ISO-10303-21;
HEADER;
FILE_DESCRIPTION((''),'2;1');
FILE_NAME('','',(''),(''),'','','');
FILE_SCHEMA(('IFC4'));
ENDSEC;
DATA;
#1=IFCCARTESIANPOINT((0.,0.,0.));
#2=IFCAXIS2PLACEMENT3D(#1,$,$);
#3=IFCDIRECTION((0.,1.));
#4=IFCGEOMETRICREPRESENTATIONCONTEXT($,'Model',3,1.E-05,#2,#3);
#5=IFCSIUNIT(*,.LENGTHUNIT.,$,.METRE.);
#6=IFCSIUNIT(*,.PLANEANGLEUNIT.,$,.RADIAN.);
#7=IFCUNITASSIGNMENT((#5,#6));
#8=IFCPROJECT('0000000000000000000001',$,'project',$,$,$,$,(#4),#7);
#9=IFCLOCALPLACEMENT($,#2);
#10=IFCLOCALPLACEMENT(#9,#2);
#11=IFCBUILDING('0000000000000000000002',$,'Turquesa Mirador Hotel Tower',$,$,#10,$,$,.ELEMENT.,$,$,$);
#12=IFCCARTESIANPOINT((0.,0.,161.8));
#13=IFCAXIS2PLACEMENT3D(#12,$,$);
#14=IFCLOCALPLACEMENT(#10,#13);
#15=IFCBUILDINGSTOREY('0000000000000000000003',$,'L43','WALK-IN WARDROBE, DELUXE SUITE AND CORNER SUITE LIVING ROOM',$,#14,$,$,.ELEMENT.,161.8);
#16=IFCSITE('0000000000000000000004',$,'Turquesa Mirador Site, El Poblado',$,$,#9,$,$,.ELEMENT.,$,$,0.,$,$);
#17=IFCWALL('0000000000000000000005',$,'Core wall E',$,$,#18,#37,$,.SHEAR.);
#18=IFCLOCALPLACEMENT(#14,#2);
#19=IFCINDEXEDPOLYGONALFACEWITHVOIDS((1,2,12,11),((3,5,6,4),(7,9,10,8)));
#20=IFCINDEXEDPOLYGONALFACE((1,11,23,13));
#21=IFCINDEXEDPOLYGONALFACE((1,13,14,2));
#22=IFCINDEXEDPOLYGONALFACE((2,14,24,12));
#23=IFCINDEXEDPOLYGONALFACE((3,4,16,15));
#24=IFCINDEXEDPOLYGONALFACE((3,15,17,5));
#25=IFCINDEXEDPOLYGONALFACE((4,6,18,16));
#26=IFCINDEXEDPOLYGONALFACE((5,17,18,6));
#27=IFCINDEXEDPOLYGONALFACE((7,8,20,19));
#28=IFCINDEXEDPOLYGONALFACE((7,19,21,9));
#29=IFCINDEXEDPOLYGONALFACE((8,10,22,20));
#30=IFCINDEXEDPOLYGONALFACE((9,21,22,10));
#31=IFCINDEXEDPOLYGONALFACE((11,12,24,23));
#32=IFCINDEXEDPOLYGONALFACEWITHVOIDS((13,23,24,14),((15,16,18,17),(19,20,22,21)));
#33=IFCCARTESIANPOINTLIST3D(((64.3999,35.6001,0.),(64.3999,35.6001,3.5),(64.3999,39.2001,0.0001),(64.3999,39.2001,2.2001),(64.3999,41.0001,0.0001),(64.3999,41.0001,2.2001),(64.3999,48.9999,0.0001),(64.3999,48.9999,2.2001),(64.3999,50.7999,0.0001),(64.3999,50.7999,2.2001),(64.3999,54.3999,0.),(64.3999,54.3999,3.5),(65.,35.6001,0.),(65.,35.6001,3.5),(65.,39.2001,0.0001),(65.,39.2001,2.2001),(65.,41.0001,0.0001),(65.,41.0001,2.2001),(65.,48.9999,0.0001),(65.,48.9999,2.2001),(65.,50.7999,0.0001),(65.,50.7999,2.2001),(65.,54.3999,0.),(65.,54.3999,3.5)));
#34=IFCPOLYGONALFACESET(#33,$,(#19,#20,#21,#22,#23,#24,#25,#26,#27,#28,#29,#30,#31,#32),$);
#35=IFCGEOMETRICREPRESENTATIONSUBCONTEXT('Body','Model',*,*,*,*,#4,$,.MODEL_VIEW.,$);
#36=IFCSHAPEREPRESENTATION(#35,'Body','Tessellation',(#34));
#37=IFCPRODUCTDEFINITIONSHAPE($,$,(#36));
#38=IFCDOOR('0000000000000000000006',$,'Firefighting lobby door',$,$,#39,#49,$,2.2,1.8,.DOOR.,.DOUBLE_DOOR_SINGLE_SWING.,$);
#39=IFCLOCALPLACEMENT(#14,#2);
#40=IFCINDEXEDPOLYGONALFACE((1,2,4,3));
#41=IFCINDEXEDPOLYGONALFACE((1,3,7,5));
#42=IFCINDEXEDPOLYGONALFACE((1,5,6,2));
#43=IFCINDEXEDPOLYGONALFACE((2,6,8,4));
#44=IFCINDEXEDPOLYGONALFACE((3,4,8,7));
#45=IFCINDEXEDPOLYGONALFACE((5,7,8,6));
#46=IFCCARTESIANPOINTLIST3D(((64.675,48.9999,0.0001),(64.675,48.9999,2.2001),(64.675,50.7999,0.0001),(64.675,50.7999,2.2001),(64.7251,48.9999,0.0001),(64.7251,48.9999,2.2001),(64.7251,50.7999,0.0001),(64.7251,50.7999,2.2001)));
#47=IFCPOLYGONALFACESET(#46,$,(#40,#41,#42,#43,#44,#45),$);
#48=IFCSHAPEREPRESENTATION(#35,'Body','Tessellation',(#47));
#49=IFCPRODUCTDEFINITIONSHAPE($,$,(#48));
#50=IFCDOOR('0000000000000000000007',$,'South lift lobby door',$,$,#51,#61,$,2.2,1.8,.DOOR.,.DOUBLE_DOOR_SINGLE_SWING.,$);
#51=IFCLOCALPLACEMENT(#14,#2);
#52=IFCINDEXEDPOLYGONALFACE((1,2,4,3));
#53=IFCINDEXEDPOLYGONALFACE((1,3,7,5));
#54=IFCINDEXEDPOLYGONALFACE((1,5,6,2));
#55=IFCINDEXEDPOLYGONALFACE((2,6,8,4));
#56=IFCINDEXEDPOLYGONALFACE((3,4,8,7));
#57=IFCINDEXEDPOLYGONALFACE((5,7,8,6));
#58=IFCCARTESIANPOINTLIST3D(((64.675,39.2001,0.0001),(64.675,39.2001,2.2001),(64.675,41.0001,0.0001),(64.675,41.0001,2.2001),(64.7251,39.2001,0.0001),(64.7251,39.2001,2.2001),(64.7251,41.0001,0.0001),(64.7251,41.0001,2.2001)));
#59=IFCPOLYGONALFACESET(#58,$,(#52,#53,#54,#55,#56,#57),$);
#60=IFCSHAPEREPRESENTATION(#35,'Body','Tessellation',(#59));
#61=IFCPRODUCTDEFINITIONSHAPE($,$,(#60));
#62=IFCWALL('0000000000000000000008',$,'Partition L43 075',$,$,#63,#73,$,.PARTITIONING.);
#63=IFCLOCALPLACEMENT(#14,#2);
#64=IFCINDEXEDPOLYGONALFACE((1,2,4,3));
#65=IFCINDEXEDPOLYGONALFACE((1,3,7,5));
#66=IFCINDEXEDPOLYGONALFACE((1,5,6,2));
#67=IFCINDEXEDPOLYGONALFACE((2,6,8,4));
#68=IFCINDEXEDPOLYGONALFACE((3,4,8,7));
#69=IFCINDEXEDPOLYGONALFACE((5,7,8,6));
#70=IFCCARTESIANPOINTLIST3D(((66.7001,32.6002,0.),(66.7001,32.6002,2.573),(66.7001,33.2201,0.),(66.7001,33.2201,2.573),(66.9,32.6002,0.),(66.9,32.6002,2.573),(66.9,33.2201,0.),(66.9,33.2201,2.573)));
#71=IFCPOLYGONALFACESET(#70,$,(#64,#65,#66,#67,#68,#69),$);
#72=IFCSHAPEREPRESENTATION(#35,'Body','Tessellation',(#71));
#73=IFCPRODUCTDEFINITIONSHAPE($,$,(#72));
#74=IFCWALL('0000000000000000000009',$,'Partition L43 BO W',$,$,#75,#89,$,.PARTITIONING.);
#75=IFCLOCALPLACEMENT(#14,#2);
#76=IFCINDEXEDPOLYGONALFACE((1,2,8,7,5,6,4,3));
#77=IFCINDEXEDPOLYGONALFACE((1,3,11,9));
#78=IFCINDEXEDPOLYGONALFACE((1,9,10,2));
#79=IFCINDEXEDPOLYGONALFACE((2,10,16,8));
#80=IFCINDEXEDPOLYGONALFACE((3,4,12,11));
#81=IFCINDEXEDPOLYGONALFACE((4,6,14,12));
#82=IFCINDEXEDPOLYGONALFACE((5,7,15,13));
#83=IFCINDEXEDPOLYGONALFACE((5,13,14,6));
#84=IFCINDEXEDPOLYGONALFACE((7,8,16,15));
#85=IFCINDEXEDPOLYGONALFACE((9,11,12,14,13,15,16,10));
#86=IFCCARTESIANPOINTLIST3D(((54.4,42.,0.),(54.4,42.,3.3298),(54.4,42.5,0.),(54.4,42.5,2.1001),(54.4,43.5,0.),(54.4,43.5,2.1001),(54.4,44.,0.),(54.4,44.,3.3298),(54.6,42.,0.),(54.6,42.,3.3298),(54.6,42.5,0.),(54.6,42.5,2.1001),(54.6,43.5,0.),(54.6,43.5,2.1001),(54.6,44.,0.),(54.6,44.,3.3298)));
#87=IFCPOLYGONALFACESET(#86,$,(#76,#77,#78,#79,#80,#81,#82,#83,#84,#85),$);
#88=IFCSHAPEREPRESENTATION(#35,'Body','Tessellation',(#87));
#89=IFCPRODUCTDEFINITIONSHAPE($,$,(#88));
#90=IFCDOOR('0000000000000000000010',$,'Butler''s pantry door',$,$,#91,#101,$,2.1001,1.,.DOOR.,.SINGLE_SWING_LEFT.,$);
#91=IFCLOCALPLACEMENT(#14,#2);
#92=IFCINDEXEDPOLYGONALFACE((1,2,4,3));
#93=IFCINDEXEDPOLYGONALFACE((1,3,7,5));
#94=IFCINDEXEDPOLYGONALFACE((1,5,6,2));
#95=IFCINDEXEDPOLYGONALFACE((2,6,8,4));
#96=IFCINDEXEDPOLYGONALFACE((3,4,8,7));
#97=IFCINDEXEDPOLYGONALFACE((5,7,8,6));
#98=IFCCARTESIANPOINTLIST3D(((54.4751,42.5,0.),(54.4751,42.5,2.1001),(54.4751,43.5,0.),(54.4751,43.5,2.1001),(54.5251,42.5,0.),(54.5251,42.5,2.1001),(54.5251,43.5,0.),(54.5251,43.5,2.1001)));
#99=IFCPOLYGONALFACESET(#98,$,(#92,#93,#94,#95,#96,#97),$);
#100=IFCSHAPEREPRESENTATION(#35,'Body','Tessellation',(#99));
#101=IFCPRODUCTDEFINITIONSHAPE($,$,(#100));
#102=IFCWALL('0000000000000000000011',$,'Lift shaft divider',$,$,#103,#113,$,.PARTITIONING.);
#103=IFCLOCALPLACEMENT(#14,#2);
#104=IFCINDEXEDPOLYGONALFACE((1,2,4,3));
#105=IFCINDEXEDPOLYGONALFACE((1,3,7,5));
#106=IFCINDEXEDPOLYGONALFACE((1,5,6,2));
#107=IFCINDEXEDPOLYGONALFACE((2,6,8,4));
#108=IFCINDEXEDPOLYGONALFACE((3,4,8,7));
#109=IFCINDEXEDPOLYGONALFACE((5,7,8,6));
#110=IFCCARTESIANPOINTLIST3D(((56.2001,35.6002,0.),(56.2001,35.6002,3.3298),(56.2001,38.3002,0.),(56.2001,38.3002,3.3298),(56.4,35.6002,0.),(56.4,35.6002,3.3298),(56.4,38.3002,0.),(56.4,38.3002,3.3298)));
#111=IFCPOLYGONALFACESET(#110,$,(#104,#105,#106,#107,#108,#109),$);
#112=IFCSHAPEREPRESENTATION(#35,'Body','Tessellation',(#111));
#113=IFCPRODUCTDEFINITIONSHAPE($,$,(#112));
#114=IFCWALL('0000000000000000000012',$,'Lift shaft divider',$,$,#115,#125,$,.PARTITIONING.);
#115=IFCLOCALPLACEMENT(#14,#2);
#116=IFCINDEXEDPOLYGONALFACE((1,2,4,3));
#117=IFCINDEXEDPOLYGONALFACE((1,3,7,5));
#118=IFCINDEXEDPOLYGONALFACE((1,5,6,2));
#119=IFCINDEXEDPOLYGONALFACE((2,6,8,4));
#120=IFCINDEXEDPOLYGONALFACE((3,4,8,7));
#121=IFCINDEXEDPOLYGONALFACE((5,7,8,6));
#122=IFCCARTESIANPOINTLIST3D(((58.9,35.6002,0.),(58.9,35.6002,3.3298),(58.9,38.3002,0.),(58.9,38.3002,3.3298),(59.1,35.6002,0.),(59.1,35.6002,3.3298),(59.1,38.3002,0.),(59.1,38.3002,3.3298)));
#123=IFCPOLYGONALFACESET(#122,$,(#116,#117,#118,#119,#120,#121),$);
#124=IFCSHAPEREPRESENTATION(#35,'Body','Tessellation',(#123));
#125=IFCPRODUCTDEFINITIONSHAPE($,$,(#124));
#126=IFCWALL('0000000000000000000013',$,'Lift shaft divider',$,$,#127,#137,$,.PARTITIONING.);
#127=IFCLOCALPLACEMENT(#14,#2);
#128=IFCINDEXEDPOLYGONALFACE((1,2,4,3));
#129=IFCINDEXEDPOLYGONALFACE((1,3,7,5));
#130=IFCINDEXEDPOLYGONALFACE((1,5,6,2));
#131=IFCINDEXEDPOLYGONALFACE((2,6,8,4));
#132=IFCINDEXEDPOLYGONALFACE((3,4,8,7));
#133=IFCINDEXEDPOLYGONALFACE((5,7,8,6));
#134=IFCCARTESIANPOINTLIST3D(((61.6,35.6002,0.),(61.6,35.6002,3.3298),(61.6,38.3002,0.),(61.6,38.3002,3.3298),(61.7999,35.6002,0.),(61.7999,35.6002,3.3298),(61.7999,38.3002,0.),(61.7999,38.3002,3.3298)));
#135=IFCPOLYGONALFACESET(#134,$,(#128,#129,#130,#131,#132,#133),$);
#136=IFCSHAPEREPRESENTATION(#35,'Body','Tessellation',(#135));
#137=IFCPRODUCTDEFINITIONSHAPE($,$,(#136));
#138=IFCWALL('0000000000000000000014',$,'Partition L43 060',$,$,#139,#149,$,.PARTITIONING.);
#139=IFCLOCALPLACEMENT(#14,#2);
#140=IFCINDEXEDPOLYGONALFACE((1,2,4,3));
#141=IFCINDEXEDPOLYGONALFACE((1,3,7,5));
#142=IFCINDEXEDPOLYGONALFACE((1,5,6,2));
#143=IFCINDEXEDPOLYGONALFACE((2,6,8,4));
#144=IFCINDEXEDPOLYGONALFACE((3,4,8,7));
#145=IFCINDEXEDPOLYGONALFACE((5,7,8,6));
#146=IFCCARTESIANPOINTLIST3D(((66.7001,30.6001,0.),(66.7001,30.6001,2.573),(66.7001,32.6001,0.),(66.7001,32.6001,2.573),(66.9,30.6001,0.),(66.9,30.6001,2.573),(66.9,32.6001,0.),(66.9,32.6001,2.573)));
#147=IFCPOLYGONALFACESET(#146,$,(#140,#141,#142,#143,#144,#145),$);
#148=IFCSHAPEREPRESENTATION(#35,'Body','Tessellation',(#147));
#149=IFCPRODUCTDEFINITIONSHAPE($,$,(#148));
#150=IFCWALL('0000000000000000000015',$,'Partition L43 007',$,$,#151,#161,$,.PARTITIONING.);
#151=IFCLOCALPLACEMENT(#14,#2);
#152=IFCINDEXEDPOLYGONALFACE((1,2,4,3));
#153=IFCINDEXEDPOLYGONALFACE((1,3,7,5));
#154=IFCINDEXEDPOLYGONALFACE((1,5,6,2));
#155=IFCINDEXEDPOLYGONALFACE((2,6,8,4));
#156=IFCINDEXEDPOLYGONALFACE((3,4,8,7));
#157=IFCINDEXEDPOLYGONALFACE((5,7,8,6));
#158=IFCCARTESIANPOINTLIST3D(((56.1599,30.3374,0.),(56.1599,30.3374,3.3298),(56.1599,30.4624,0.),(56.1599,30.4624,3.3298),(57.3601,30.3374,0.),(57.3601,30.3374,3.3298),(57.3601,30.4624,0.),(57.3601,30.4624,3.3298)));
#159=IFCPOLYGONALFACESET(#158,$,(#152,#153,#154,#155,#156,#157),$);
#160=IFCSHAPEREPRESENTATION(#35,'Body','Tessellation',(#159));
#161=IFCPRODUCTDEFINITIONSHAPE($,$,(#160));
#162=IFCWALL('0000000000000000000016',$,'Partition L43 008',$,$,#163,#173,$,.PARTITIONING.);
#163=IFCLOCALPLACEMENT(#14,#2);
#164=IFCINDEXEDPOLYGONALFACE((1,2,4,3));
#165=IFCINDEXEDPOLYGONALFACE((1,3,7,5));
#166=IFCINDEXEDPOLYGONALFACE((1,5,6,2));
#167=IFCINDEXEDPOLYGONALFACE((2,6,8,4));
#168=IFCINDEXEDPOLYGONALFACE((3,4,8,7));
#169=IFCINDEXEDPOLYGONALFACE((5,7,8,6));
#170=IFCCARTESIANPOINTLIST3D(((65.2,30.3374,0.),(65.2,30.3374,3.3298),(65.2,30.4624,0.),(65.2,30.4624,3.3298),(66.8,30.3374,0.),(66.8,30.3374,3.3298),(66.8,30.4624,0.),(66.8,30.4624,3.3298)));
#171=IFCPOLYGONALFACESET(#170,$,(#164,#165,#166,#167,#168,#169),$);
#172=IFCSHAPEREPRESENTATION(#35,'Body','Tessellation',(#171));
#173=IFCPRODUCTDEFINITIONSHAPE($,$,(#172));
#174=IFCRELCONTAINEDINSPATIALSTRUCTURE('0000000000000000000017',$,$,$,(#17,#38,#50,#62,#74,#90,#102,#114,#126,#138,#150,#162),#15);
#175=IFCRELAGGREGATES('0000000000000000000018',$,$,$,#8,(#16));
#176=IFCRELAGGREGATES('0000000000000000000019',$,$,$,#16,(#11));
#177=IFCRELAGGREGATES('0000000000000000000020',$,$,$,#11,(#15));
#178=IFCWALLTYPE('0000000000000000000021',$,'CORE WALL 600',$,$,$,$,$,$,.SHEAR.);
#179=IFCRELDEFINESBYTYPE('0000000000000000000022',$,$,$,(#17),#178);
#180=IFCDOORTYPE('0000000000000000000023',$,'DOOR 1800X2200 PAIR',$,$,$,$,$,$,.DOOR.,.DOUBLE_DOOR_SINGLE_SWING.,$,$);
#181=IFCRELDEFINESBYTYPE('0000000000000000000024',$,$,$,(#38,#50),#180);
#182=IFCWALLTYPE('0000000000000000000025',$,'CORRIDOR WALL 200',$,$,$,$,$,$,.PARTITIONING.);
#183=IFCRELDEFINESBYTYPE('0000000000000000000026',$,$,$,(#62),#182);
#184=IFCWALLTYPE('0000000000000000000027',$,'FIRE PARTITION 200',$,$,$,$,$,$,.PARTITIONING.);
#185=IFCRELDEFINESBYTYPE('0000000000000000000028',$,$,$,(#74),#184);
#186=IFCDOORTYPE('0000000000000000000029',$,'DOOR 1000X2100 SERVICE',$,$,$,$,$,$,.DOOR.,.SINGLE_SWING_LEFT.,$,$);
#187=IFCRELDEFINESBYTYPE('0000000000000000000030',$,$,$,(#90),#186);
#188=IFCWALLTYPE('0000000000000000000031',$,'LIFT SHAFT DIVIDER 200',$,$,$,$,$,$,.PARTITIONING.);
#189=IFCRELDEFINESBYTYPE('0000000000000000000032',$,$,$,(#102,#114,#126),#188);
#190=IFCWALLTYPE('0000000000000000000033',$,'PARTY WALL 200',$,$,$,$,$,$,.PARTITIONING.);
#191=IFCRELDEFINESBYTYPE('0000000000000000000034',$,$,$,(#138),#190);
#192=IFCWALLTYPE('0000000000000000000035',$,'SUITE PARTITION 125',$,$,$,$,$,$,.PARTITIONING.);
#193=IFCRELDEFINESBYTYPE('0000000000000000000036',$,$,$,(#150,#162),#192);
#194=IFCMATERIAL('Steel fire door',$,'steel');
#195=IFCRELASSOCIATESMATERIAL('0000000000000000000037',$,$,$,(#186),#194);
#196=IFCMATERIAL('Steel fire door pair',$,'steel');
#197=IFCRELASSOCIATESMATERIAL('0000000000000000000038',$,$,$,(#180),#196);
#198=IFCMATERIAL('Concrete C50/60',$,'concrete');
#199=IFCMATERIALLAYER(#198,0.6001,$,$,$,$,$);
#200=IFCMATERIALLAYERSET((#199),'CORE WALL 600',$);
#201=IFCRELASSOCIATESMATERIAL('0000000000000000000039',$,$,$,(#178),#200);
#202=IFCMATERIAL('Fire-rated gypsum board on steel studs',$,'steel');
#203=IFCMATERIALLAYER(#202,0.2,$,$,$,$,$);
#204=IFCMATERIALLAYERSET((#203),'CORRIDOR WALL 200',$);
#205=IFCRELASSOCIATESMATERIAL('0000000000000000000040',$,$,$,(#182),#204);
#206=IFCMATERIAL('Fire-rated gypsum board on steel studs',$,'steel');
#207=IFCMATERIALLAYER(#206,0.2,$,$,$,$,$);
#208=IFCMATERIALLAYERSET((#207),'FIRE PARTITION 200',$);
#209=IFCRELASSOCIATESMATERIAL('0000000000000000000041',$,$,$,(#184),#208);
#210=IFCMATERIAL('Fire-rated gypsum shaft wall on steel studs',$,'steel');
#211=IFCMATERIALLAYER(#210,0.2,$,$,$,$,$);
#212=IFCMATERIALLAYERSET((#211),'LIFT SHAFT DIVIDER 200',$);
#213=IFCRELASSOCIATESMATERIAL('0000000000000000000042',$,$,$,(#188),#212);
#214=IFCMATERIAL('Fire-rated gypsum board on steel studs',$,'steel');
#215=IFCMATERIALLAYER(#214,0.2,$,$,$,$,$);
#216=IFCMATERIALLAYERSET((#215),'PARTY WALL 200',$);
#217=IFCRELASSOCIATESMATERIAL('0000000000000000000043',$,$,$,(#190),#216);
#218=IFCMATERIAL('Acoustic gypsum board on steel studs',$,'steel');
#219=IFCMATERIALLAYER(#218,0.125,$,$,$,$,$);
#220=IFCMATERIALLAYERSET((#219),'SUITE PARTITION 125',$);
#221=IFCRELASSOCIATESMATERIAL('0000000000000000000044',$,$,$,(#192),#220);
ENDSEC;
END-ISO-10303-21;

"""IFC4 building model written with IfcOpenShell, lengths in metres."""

from ifc_helpers import new_model, si_unit, direction, frame, frame_2d, origin, place, context, subcontext, project, spatial, rectangle, extrude, material, layer, layer_set, type_object, element, fill, save


model = new_model("IFC4")

# Units and contexts
model_context = context("Model", 3, precision=1e-05, world=origin(), true_north=direction((0.0, 1.0)))
body_context = subcontext(model_context, "Body", "Model", "MODEL_VIEW")
ifc_project = project(units=[si_unit("LENGTHUNIT", "METRE"), si_unit("PLANEANGLEUNIT", "RADIAN")], contexts=[model_context])

# Site, building, storey
site_placement = place(None, origin())
site = spatial("IfcSite", under=ifc_project, at=site_placement, Name="Turquesa Mirador Site, El Poblado", CompositionType="ELEMENT", RefElevation=0.0)
building_placement = place(site_placement, origin())
building = spatial("IfcBuilding", under=site, at=building_placement, Name="Turquesa Mirador Hotel Tower", CompositionType="ELEMENT")
storey_placement = place(building_placement, frame((0.0, 0.0, 161.8)))
storey = spatial("IfcBuildingStorey", under=building, at=storey_placement, Name="L43", Description="WALK-IN WARDROBE, DELUXE SUITE AND CORNER SUITE LIVING ROOM", CompositionType="ELEMENT", Elevation=161.8)

# Shared definitions
ifc_material_1 = material(Name="Steel fire door", Category="steel")
door_type_1 = type_object("IfcDoorType", Name="DOOR 1000X2100 SERVICE", OperationType="SINGLE_SWING_LEFT", PredefinedType="DOOR", material=ifc_material_1)
ifc_material_2 = material(Name="Steel fire door pair", Category="steel")
door_type_2 = type_object("IfcDoorType", Name="DOOR 1800X2200 PAIR", OperationType="DOUBLE_DOOR_SINGLE_SWING", PredefinedType="DOOR", material=ifc_material_2)

# Wall, openings, doors
ifc_material_3 = material(Name="Concrete C50/60", Category="concrete")
ifc_layer_1 = layer(ifc_material_3, 0.6001)
ifc_layer_set_1 = layer_set([ifc_layer_1], Name="CORE WALL 600")
wall_type_1 = type_object("IfcWallType", Name="CORE WALL 600", PredefinedType="SHEAR", material=ifc_layer_set_1)
wall_1_placement = place(storey_placement, frame((64.7, 35.6001, 0.0), z_axis=(0.0, 0.0, 1.0), x_axis=(0.0, 1.0, 0.0)))
wall_1 = element("IfcWall", 1, at=wall_1_placement, inside=storey, type_object=wall_type_1, Name="Core wall E", PredefinedType="SHEAR", context=body_context, shape_type="SweptSolid", body=[
    extrude(rectangle(XDim=18.7998, YDim=0.6001, at=frame_2d((9.3999, 0.0))), origin(), (0.0, 0.0, 1.0), 3.5),
])
opening_1_placement = place(wall_1_placement, frame((13.3999, 0.0, 0.0)))
opening_1 = element("IfcOpeningElement", 2, at=opening_1_placement, cuts=wall_1, PredefinedType="OPENING", context=body_context, shape_type="SweptSolid", body=[
    extrude(rectangle(XDim=1.8, YDim=2.2, at=frame_2d((0.8999, 1.1001))), frame((0.0, 0.3101, 0.0), z_axis=(0.0, -1.0, 0.0), x_axis=(1.0, 0.0, 0.0)), (0.0, 0.0, 1.0), 0.6201),
])
opening_2_placement = place(wall_1_placement, frame((3.6001, 0.0, 0.0)))
opening_2 = element("IfcOpeningElement", 3, at=opening_2_placement, cuts=wall_1, PredefinedType="OPENING", context=body_context, shape_type="SweptSolid", body=[
    extrude(rectangle(XDim=1.8, YDim=2.2, at=frame_2d((0.8999, 1.1001))), frame((0.0, 0.3101, 0.0), z_axis=(0.0, -1.0, 0.0), x_axis=(1.0, 0.0, 0.0)), (0.0, 0.0, 1.0), 0.6201),
])
door_1_placement = place(opening_1_placement, origin())
door_1 = element("IfcDoor", 4, at=door_1_placement, inside=storey, type_object=door_type_2, Name="Firefighting lobby door", OperationType="DOUBLE_DOOR_SINGLE_SWING", OverallHeight=2.2, OverallWidth=1.8, PredefinedType="DOOR", context=body_context, shape_type="SweptSolid", body=[
    extrude(rectangle(XDim=1.8, YDim=2.2, at=frame_2d((0.8999, 1.1001))), frame((0.0, 0.0249, 0.0), z_axis=(0.0, -1.0, 0.0), x_axis=(1.0, 0.0, 0.0)), (0.0, 0.0, 1.0), 0.05),
])
fill(opening_1, door_1)
door_2_placement = place(opening_2_placement, origin())
door_2 = element("IfcDoor", 5, at=door_2_placement, inside=storey, type_object=door_type_2, Name="South lift lobby door", OperationType="DOUBLE_DOOR_SINGLE_SWING", OverallHeight=2.2, OverallWidth=1.8, PredefinedType="DOOR", context=body_context, shape_type="SweptSolid", body=[
    extrude(rectangle(XDim=1.8, YDim=2.2, at=frame_2d((0.8999, 1.1001))), frame((0.0, 0.0249, 0.0), z_axis=(0.0, -1.0, 0.0), x_axis=(1.0, 0.0, 0.0)), (0.0, 0.0, 1.0), 0.05),
])
fill(opening_2, door_2)

# Wall
ifc_material_4 = material(Name="Fire-rated gypsum board on steel studs", Category="steel")
ifc_layer_2 = layer(ifc_material_4, 0.2)
ifc_layer_set_2 = layer_set([ifc_layer_2], Name="CORRIDOR WALL 200")
wall_type_2 = type_object("IfcWallType", Name="CORRIDOR WALL 200", PredefinedType="PARTITIONING", material=ifc_layer_set_2)
wall_2_placement = place(storey_placement, frame((66.8, 32.6001, 0.0), z_axis=(0.0, 0.0, 1.0), x_axis=(0.0, 1.0, 0.0)))
element("IfcWall", 6, at=wall_2_placement, inside=storey, type_object=wall_type_2, Name="Partition L43 075", PredefinedType="PARTITIONING", context=body_context, shape_type="SweptSolid", body=[
    extrude(rectangle(XDim=0.6199, YDim=0.2, at=frame_2d((0.3101, 0.0))), origin(), (0.0, 0.0, 1.0), 2.573),
])

# Wall, opening, door
ifc_material_5 = material(Name="Fire-rated gypsum board on steel studs", Category="steel")
ifc_layer_3 = layer(ifc_material_5, 0.2)
ifc_layer_set_3 = layer_set([ifc_layer_3], Name="FIRE PARTITION 200")
wall_type_3 = type_object("IfcWallType", Name="FIRE PARTITION 200", PredefinedType="PARTITIONING", material=ifc_layer_set_3)
wall_3_placement = place(storey_placement, frame((54.5, 42.0, 0.0), z_axis=(0.0, 0.0, 1.0), x_axis=(0.0, 1.0, 0.0)))
wall_3 = element("IfcWall", 7, at=wall_3_placement, inside=storey, type_object=wall_type_3, Name="Partition L43 BO W", PredefinedType="PARTITIONING", context=body_context, shape_type="SweptSolid", body=[
    extrude(rectangle(XDim=2.0, YDim=0.2, at=frame_2d((1.0, 0.0))), origin(), (0.0, 0.0, 1.0), 3.3298),
])
opening_3_placement = place(wall_3_placement, frame((0.5, 0.0, 0.0)))
opening_3 = element("IfcOpeningElement", 8, at=opening_3_placement, cuts=wall_3, PredefinedType="OPENING", context=body_context, shape_type="SweptSolid", body=[
    extrude(rectangle(XDim=1.0, YDim=2.1001, at=frame_2d((0.5, 1.05))), frame((0.0, 0.1099, 0.0), z_axis=(0.0, -1.0, 0.0), x_axis=(1.0, 0.0, 0.0)), (0.0, 0.0, 1.0), 0.22),
])
door_3_placement = place(opening_3_placement, origin())
door_3 = element("IfcDoor", 9, at=door_3_placement, inside=storey, type_object=door_type_1, Name="Butler's pantry door", OperationType="SINGLE_SWING_LEFT", OverallHeight=2.1001, OverallWidth=1.0, PredefinedType="DOOR", context=body_context, shape_type="SweptSolid", body=[
    extrude(rectangle(XDim=1.0, YDim=2.1001, at=frame_2d((0.5, 1.05))), frame((0.0, 0.0249, 0.0), z_axis=(0.0, -1.0, 0.0), x_axis=(1.0, 0.0, 0.0)), (0.0, 0.0, 1.0), 0.05),
])
fill(opening_3, door_3)

# Walls
ifc_material_6 = material(Name="Fire-rated gypsum shaft wall on steel studs", Category="steel")
ifc_layer_4 = layer(ifc_material_6, 0.2)
ifc_layer_set_4 = layer_set([ifc_layer_4], Name="LIFT SHAFT DIVIDER 200")
wall_type_4 = type_object("IfcWallType", Name="LIFT SHAFT DIVIDER 200", PredefinedType="PARTITIONING", material=ifc_layer_set_4)
for number, where, z_axis, x_axis, name in (
    (10, (56.3, 35.6001, 0.0), (0.0, 0.0, 1.0), (0.0, 1.0, 0.0), "Lift shaft divider"),
    (11, (59.0, 35.6001, 0.0), (0.0, 0.0, 1.0), (0.0, 1.0, 0.0), "Lift shaft divider"),
    (12, (61.7, 35.6001, 0.0), (0.0, 0.0, 1.0), (0.0, 1.0, 0.0), "Lift shaft divider"),
):
    element("IfcWall", number, at=place(storey_placement, frame(where, z_axis=z_axis, x_axis=x_axis)), inside=storey, type_object=wall_type_4, Name=name, PredefinedType="PARTITIONING", context=body_context, shape_type="SweptSolid", body=[
        extrude(rectangle(XDim=2.7, YDim=0.2, at=frame_2d((1.3501, 0.0))), origin(), (0.0, 0.0, 1.0), 3.3298),
    ])
ifc_material_7 = material(Name="Fire-rated gypsum board on steel studs", Category="steel")
ifc_layer_5 = layer(ifc_material_7, 0.2)
ifc_layer_set_5 = layer_set([ifc_layer_5], Name="PARTY WALL 200")
wall_type_5 = type_object("IfcWallType", Name="PARTY WALL 200", PredefinedType="PARTITIONING", material=ifc_layer_set_5)
wall_4_placement = place(storey_placement, frame((66.8, 30.6001, 0.0), z_axis=(0.0, 0.0, 1.0), x_axis=(0.0, 1.0, 0.0)))
element("IfcWall", 13, at=wall_4_placement, inside=storey, type_object=wall_type_5, Name="Partition L43 060", PredefinedType="PARTITIONING", context=body_context, shape_type="SweptSolid", body=[
    extrude(rectangle(XDim=2.0, YDim=0.2, at=frame_2d((1.0, 0.0))), origin(), (0.0, 0.0, 1.0), 2.573),
])
ifc_material_8 = material(Name="Acoustic gypsum board on steel studs", Category="steel")
ifc_layer_6 = layer(ifc_material_8, 0.125)
ifc_layer_set_6 = layer_set([ifc_layer_6], Name="SUITE PARTITION 125")
wall_type_6 = type_object("IfcWallType", Name="SUITE PARTITION 125", PredefinedType="PARTITIONING", material=ifc_layer_set_6)
wall_5_placement = place(storey_placement, frame((56.1599, 30.3999, 0.0), z_axis=(0.0, 0.0, 1.0), x_axis=(1.0, 0.0, 0.0)))
element("IfcWall", 14, at=wall_5_placement, inside=storey, type_object=wall_type_6, Name="Partition L43 007", PredefinedType="PARTITIONING", context=body_context, shape_type="SweptSolid", body=[
    extrude(rectangle(XDim=1.2002, YDim=0.125, at=frame_2d((0.6001, 0.0))), origin(), (0.0, 0.0, 1.0), 3.3298),
])
wall_6_placement = place(storey_placement, frame((65.2, 30.3999, 0.0), z_axis=(0.0, 0.0, 1.0), x_axis=(1.0, 0.0, 0.0)))
element("IfcWall", 15, at=wall_6_placement, inside=storey, type_object=wall_type_6, Name="Partition L43 008", PredefinedType="PARTITIONING", context=body_context, shape_type="SweptSolid", body=[
    extrude(rectangle(XDim=1.6001, YDim=0.125, at=frame_2d((0.8, 0.0))), origin(), (0.0, 0.0, 1.0), 3.3298),
])

save(model, "model.ifc")
